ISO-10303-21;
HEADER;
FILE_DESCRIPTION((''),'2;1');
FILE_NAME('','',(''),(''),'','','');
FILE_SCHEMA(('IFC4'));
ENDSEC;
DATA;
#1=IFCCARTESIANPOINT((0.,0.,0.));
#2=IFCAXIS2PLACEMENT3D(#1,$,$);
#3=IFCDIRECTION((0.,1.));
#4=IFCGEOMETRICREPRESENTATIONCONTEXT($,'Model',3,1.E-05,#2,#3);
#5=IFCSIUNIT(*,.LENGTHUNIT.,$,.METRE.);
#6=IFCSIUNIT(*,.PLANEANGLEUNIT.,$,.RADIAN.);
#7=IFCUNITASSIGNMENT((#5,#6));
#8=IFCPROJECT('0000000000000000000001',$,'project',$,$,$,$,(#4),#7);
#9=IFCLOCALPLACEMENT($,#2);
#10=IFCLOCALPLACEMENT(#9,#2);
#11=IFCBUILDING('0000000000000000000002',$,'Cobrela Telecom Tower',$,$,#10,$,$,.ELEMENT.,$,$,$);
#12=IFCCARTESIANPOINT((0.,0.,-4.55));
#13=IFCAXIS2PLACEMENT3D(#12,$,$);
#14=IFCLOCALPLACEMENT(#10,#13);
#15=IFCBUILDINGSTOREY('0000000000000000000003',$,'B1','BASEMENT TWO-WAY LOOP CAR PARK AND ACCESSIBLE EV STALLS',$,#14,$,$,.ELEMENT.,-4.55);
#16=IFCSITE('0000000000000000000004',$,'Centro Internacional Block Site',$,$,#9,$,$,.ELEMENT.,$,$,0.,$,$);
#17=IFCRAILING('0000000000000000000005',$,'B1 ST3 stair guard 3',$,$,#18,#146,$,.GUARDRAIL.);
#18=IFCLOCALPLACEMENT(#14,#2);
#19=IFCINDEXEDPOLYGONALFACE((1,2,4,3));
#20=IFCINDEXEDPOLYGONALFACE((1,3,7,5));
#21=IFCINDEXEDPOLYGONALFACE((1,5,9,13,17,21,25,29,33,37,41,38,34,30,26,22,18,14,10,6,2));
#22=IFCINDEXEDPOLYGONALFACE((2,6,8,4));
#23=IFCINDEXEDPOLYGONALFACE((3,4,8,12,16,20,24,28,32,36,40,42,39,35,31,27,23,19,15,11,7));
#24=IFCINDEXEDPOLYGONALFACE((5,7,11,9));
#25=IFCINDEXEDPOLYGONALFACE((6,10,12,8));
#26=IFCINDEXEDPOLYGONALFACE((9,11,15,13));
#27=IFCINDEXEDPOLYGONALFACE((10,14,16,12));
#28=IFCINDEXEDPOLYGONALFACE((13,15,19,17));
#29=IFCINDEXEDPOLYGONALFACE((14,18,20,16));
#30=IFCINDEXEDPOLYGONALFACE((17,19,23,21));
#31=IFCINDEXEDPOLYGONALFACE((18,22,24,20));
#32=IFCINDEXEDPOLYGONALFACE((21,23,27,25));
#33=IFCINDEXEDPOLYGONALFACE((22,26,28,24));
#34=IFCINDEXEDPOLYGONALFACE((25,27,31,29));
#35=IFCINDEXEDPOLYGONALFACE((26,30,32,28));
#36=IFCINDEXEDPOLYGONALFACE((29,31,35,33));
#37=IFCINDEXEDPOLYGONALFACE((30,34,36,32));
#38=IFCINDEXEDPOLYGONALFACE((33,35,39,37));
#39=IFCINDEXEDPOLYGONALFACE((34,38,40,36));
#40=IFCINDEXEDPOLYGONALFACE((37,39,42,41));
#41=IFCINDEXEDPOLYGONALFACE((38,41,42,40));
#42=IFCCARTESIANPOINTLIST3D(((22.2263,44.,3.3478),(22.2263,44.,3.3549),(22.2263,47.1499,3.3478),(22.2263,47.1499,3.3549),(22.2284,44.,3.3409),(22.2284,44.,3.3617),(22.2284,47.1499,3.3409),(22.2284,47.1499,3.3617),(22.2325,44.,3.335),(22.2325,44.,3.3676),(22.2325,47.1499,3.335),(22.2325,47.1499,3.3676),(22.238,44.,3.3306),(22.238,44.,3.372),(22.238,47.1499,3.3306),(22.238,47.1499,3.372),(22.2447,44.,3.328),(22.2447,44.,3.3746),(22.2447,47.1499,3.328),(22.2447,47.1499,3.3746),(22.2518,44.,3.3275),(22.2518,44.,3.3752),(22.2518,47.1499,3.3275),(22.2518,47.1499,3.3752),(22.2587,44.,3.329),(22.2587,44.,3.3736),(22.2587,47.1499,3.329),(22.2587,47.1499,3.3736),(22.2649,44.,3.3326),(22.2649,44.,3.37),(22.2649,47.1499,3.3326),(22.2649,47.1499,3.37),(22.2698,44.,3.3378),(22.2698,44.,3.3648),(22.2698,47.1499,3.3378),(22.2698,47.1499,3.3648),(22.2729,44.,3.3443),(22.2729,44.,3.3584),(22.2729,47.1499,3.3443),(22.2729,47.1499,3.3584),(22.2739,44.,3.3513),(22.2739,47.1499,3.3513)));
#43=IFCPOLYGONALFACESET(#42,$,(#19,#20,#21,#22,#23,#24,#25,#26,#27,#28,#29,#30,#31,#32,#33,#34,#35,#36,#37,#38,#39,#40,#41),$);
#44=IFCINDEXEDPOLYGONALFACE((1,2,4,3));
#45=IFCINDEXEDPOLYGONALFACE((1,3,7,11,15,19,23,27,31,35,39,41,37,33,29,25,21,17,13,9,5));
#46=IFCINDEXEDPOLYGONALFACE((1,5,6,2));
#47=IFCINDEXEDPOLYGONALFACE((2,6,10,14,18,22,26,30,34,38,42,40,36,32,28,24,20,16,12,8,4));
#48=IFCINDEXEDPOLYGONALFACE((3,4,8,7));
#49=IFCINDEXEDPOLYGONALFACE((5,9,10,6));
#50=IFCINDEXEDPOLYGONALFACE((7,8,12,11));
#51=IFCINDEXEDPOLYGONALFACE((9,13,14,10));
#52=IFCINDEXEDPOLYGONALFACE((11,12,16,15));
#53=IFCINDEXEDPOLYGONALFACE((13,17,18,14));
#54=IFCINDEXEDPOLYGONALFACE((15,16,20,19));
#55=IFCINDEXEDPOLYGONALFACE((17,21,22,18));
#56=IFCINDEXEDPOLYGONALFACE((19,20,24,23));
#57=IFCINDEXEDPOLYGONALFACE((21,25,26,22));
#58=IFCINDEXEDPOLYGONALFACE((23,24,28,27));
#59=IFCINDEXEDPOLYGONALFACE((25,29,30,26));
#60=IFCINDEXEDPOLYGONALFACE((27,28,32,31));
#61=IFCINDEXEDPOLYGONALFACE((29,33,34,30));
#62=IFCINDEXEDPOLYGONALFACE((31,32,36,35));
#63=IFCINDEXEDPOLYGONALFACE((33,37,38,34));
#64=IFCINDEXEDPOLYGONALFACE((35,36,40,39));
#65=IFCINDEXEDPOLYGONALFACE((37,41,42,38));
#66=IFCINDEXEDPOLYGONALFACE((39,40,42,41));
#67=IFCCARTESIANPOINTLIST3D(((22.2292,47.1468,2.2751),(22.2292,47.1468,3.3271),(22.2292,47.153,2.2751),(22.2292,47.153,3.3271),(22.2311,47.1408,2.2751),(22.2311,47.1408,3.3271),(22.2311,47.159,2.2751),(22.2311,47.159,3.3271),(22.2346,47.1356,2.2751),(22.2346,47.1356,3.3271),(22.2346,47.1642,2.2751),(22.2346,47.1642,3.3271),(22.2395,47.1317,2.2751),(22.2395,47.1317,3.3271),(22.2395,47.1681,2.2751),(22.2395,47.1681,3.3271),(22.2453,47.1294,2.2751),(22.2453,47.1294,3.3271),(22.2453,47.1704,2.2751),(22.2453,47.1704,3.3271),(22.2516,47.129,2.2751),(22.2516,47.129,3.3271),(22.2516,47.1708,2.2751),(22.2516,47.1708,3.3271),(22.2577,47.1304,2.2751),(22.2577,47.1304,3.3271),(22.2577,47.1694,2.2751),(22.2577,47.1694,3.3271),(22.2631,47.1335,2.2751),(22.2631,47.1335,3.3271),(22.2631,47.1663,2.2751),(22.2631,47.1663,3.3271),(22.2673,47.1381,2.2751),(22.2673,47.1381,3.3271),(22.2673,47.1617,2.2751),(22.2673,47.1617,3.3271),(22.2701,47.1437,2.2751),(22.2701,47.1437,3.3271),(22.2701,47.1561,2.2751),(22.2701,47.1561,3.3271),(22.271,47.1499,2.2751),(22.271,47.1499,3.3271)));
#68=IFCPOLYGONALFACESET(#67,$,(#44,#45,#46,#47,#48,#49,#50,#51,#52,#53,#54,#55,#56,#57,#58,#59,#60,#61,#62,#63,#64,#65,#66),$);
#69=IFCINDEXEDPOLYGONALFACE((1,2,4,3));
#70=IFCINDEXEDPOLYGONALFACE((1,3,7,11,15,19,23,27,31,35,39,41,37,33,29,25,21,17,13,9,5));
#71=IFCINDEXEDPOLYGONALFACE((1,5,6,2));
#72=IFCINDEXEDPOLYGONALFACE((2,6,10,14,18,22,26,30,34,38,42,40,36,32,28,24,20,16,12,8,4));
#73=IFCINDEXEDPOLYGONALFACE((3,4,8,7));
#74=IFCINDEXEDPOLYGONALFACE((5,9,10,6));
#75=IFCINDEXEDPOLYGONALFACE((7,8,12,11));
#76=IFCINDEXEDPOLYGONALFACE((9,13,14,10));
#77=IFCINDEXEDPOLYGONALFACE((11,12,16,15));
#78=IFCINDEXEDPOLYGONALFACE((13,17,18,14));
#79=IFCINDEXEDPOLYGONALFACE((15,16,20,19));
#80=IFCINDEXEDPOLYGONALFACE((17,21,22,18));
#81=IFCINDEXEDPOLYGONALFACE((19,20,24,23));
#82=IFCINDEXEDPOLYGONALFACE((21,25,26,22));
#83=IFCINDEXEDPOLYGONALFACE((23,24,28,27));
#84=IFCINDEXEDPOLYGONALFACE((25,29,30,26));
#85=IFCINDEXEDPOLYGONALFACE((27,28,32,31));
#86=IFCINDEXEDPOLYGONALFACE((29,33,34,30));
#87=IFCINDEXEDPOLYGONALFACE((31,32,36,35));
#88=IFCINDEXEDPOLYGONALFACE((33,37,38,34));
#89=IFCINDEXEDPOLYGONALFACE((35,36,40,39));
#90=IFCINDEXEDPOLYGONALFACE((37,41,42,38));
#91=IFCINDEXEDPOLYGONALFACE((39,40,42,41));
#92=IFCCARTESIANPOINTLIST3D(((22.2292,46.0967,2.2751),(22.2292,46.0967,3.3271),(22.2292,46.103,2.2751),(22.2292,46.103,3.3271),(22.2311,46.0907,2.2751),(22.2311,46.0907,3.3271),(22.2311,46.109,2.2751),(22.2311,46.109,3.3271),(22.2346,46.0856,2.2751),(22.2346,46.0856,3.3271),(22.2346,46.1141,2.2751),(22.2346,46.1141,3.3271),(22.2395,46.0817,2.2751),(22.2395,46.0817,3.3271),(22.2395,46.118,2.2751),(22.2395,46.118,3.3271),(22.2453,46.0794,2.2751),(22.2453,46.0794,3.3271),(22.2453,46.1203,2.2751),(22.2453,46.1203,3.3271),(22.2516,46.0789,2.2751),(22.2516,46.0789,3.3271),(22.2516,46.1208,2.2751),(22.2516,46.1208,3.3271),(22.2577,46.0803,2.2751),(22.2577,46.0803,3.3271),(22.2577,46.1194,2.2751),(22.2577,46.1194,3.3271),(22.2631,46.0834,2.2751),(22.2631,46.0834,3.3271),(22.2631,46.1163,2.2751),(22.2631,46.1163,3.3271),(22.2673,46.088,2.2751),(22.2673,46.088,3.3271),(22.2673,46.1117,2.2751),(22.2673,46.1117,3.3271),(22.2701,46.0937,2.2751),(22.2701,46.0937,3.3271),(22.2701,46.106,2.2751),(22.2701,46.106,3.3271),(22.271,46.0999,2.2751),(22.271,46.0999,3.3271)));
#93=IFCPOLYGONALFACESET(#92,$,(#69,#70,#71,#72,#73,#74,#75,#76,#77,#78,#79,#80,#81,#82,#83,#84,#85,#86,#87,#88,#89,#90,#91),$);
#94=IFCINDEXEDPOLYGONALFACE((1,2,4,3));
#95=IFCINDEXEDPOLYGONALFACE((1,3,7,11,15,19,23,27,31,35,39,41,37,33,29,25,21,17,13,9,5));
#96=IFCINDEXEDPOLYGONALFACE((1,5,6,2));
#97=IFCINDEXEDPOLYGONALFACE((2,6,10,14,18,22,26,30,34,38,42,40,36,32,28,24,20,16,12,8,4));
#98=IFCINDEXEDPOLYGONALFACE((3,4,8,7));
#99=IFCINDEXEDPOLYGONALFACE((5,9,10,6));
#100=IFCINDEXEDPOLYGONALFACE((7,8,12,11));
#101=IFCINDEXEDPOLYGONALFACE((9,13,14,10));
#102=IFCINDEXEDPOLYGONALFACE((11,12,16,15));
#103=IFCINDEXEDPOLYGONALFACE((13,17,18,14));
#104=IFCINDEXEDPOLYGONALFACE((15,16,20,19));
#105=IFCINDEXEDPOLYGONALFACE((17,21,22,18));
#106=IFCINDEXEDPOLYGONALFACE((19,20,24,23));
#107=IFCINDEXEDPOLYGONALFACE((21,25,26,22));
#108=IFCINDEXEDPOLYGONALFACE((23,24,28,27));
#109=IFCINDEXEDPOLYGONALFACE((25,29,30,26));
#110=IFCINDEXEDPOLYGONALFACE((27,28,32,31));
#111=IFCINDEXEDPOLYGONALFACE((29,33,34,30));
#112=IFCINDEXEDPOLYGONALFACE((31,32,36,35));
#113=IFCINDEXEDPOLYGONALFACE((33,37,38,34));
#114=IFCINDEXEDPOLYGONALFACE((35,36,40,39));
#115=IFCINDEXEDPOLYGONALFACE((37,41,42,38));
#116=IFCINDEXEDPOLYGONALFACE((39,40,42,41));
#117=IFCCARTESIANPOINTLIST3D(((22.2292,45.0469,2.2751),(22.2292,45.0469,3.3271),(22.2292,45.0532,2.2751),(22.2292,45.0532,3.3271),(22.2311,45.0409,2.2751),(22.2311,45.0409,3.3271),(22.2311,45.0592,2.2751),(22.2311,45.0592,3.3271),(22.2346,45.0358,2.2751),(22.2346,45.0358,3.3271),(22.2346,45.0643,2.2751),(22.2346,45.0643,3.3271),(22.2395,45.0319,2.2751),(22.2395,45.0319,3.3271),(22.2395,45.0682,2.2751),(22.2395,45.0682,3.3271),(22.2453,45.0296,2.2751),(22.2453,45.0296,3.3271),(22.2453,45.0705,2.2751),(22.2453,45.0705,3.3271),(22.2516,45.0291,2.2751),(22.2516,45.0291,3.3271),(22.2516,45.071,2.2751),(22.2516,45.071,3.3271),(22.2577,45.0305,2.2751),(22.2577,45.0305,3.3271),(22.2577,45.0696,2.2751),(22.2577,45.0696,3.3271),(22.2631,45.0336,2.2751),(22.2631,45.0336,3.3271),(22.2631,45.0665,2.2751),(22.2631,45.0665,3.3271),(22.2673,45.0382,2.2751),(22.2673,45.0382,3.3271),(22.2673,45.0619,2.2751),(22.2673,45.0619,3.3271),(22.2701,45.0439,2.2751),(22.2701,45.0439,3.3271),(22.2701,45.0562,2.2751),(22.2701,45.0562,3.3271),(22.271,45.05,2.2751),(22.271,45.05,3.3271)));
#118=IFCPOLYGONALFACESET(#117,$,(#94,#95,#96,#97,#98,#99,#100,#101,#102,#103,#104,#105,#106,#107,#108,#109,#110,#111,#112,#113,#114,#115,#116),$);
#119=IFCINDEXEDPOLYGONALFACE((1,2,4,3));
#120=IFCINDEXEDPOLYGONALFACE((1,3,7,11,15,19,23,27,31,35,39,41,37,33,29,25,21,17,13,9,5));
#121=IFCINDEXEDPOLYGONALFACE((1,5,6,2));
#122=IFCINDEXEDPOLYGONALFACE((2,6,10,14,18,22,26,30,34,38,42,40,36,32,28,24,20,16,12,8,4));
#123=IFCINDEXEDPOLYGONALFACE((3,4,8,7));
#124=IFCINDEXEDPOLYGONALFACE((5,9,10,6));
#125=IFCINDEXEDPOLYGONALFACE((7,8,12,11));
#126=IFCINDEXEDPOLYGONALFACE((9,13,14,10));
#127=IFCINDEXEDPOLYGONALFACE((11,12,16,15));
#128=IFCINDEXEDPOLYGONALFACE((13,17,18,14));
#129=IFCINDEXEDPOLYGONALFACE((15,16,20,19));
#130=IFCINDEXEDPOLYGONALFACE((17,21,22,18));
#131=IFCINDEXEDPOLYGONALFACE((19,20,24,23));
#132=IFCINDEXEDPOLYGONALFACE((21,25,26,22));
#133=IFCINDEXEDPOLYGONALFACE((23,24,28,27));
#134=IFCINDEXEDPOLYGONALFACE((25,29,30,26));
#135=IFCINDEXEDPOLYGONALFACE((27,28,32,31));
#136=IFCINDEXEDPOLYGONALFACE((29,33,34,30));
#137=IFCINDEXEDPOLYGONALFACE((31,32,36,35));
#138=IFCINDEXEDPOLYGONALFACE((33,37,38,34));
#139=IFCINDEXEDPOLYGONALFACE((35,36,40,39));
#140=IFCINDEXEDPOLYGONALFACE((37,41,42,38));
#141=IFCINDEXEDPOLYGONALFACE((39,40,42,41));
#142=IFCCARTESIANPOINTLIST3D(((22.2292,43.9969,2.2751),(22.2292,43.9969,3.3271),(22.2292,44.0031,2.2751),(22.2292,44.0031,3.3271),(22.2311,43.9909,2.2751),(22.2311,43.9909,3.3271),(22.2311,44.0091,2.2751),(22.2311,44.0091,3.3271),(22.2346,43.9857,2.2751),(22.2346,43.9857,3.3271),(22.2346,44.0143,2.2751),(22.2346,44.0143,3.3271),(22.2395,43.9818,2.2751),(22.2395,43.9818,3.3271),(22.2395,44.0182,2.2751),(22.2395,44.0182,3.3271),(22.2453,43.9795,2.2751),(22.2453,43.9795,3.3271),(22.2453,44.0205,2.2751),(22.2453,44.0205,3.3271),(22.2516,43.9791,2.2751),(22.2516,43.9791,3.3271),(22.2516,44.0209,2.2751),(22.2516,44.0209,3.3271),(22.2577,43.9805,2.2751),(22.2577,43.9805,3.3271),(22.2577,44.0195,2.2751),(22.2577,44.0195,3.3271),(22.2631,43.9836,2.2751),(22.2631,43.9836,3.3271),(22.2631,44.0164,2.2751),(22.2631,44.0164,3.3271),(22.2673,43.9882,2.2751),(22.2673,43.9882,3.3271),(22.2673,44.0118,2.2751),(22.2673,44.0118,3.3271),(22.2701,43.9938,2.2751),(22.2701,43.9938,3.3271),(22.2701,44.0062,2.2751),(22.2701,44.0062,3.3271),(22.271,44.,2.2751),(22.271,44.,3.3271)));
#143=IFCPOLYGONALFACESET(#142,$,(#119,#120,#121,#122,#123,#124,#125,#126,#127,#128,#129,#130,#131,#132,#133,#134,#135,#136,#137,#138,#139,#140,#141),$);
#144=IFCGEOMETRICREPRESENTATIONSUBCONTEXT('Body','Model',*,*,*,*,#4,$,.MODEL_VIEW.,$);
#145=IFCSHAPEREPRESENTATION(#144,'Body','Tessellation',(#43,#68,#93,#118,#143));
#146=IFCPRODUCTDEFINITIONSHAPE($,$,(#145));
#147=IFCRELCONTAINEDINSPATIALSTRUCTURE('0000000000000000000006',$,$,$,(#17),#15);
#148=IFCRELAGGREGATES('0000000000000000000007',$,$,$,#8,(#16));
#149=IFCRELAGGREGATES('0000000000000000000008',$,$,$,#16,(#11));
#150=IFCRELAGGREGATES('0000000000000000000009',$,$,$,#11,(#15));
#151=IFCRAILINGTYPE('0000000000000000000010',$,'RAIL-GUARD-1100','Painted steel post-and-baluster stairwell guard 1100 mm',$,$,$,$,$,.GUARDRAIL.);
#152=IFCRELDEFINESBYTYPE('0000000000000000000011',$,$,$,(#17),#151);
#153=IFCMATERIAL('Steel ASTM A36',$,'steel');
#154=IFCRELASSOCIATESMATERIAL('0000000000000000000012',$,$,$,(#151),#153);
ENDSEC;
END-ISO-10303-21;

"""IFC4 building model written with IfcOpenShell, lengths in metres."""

from ifc_helpers import new_model, si_unit, direction, frame, origin, origin_2d, place, context, subcontext, project, spatial, circle, extrude, material, type_object, element, save


model = new_model("IFC4")

# Units and contexts
model_context = context("Model", 3, precision=1e-05, world=origin(), true_north=direction((0.0, 1.0)))
body_context = subcontext(model_context, "Body", "Model", "MODEL_VIEW")
ifc_project = project(units=[si_unit("LENGTHUNIT", "METRE"), si_unit("PLANEANGLEUNIT", "RADIAN")], contexts=[model_context])

# Site, building, storey
site_placement = place(None, origin())
site = spatial("IfcSite", under=ifc_project, at=site_placement, Name="Centro Internacional Block Site", CompositionType="ELEMENT", RefElevation=0.0)
building_placement = place(site_placement, origin())
building = spatial("IfcBuilding", under=site, at=building_placement, Name="Cobrela Telecom Tower", CompositionType="ELEMENT")
storey_placement = place(building_placement, frame((0.0, 0.0, -4.55)))
storey = spatial("IfcBuildingStorey", under=building, at=storey_placement, Name="B1", Description="BASEMENT TWO-WAY LOOP CAR PARK AND ACCESSIBLE EV STALLS", CompositionType="ELEMENT", Elevation=-4.55)

# Shared definitions
ifc_material_1 = material(Name="Steel ASTM A36", Category="steel")

# Railing
railing_type_1 = type_object("IfcRailingType", Name="RAIL-GUARD-1100", Description="Painted steel post-and-baluster stairwell guard 1100 mm", PredefinedType="GUARDRAIL", material=ifc_material_1)
railing_1_placement = place(storey_placement, frame((22.25, 47.1499, 2.2751)))
element("IfcRailing", 1, at=railing_1_placement, inside=storey, type_object=railing_type_1, Name="B1 ST3 stair guard 3", PredefinedType="GUARDRAIL", context=body_context, shape_type="SweptSolid", body=[
    extrude(circle(Radius=0.0239, at=origin_2d()), frame((0.0, 0.0, 1.0762), z_axis=(0.0, -1.0, 0.0), x_axis=(1.0, 0.0, 0.0)), (0.0, 0.0, 1.0), 3.1499),
    extrude(circle(Radius=0.021, at=origin_2d()), origin(), (0.0, 0.0, 1.0), 1.052),
    extrude(circle(Radius=0.021, at=origin_2d()), frame((0.0, -1.05, 0.0)), (0.0, 0.0, 1.0), 1.052),
    extrude(circle(Radius=0.021, at=origin_2d()), frame((0.0, -2.0999, 0.0)), (0.0, 0.0, 1.0), 1.052),
    extrude(circle(Radius=0.021, at=origin_2d()), frame((0.0, -3.1499, 0.0)), (0.0, 0.0, 1.0), 1.052),
])

save(model, "model.ifc")
